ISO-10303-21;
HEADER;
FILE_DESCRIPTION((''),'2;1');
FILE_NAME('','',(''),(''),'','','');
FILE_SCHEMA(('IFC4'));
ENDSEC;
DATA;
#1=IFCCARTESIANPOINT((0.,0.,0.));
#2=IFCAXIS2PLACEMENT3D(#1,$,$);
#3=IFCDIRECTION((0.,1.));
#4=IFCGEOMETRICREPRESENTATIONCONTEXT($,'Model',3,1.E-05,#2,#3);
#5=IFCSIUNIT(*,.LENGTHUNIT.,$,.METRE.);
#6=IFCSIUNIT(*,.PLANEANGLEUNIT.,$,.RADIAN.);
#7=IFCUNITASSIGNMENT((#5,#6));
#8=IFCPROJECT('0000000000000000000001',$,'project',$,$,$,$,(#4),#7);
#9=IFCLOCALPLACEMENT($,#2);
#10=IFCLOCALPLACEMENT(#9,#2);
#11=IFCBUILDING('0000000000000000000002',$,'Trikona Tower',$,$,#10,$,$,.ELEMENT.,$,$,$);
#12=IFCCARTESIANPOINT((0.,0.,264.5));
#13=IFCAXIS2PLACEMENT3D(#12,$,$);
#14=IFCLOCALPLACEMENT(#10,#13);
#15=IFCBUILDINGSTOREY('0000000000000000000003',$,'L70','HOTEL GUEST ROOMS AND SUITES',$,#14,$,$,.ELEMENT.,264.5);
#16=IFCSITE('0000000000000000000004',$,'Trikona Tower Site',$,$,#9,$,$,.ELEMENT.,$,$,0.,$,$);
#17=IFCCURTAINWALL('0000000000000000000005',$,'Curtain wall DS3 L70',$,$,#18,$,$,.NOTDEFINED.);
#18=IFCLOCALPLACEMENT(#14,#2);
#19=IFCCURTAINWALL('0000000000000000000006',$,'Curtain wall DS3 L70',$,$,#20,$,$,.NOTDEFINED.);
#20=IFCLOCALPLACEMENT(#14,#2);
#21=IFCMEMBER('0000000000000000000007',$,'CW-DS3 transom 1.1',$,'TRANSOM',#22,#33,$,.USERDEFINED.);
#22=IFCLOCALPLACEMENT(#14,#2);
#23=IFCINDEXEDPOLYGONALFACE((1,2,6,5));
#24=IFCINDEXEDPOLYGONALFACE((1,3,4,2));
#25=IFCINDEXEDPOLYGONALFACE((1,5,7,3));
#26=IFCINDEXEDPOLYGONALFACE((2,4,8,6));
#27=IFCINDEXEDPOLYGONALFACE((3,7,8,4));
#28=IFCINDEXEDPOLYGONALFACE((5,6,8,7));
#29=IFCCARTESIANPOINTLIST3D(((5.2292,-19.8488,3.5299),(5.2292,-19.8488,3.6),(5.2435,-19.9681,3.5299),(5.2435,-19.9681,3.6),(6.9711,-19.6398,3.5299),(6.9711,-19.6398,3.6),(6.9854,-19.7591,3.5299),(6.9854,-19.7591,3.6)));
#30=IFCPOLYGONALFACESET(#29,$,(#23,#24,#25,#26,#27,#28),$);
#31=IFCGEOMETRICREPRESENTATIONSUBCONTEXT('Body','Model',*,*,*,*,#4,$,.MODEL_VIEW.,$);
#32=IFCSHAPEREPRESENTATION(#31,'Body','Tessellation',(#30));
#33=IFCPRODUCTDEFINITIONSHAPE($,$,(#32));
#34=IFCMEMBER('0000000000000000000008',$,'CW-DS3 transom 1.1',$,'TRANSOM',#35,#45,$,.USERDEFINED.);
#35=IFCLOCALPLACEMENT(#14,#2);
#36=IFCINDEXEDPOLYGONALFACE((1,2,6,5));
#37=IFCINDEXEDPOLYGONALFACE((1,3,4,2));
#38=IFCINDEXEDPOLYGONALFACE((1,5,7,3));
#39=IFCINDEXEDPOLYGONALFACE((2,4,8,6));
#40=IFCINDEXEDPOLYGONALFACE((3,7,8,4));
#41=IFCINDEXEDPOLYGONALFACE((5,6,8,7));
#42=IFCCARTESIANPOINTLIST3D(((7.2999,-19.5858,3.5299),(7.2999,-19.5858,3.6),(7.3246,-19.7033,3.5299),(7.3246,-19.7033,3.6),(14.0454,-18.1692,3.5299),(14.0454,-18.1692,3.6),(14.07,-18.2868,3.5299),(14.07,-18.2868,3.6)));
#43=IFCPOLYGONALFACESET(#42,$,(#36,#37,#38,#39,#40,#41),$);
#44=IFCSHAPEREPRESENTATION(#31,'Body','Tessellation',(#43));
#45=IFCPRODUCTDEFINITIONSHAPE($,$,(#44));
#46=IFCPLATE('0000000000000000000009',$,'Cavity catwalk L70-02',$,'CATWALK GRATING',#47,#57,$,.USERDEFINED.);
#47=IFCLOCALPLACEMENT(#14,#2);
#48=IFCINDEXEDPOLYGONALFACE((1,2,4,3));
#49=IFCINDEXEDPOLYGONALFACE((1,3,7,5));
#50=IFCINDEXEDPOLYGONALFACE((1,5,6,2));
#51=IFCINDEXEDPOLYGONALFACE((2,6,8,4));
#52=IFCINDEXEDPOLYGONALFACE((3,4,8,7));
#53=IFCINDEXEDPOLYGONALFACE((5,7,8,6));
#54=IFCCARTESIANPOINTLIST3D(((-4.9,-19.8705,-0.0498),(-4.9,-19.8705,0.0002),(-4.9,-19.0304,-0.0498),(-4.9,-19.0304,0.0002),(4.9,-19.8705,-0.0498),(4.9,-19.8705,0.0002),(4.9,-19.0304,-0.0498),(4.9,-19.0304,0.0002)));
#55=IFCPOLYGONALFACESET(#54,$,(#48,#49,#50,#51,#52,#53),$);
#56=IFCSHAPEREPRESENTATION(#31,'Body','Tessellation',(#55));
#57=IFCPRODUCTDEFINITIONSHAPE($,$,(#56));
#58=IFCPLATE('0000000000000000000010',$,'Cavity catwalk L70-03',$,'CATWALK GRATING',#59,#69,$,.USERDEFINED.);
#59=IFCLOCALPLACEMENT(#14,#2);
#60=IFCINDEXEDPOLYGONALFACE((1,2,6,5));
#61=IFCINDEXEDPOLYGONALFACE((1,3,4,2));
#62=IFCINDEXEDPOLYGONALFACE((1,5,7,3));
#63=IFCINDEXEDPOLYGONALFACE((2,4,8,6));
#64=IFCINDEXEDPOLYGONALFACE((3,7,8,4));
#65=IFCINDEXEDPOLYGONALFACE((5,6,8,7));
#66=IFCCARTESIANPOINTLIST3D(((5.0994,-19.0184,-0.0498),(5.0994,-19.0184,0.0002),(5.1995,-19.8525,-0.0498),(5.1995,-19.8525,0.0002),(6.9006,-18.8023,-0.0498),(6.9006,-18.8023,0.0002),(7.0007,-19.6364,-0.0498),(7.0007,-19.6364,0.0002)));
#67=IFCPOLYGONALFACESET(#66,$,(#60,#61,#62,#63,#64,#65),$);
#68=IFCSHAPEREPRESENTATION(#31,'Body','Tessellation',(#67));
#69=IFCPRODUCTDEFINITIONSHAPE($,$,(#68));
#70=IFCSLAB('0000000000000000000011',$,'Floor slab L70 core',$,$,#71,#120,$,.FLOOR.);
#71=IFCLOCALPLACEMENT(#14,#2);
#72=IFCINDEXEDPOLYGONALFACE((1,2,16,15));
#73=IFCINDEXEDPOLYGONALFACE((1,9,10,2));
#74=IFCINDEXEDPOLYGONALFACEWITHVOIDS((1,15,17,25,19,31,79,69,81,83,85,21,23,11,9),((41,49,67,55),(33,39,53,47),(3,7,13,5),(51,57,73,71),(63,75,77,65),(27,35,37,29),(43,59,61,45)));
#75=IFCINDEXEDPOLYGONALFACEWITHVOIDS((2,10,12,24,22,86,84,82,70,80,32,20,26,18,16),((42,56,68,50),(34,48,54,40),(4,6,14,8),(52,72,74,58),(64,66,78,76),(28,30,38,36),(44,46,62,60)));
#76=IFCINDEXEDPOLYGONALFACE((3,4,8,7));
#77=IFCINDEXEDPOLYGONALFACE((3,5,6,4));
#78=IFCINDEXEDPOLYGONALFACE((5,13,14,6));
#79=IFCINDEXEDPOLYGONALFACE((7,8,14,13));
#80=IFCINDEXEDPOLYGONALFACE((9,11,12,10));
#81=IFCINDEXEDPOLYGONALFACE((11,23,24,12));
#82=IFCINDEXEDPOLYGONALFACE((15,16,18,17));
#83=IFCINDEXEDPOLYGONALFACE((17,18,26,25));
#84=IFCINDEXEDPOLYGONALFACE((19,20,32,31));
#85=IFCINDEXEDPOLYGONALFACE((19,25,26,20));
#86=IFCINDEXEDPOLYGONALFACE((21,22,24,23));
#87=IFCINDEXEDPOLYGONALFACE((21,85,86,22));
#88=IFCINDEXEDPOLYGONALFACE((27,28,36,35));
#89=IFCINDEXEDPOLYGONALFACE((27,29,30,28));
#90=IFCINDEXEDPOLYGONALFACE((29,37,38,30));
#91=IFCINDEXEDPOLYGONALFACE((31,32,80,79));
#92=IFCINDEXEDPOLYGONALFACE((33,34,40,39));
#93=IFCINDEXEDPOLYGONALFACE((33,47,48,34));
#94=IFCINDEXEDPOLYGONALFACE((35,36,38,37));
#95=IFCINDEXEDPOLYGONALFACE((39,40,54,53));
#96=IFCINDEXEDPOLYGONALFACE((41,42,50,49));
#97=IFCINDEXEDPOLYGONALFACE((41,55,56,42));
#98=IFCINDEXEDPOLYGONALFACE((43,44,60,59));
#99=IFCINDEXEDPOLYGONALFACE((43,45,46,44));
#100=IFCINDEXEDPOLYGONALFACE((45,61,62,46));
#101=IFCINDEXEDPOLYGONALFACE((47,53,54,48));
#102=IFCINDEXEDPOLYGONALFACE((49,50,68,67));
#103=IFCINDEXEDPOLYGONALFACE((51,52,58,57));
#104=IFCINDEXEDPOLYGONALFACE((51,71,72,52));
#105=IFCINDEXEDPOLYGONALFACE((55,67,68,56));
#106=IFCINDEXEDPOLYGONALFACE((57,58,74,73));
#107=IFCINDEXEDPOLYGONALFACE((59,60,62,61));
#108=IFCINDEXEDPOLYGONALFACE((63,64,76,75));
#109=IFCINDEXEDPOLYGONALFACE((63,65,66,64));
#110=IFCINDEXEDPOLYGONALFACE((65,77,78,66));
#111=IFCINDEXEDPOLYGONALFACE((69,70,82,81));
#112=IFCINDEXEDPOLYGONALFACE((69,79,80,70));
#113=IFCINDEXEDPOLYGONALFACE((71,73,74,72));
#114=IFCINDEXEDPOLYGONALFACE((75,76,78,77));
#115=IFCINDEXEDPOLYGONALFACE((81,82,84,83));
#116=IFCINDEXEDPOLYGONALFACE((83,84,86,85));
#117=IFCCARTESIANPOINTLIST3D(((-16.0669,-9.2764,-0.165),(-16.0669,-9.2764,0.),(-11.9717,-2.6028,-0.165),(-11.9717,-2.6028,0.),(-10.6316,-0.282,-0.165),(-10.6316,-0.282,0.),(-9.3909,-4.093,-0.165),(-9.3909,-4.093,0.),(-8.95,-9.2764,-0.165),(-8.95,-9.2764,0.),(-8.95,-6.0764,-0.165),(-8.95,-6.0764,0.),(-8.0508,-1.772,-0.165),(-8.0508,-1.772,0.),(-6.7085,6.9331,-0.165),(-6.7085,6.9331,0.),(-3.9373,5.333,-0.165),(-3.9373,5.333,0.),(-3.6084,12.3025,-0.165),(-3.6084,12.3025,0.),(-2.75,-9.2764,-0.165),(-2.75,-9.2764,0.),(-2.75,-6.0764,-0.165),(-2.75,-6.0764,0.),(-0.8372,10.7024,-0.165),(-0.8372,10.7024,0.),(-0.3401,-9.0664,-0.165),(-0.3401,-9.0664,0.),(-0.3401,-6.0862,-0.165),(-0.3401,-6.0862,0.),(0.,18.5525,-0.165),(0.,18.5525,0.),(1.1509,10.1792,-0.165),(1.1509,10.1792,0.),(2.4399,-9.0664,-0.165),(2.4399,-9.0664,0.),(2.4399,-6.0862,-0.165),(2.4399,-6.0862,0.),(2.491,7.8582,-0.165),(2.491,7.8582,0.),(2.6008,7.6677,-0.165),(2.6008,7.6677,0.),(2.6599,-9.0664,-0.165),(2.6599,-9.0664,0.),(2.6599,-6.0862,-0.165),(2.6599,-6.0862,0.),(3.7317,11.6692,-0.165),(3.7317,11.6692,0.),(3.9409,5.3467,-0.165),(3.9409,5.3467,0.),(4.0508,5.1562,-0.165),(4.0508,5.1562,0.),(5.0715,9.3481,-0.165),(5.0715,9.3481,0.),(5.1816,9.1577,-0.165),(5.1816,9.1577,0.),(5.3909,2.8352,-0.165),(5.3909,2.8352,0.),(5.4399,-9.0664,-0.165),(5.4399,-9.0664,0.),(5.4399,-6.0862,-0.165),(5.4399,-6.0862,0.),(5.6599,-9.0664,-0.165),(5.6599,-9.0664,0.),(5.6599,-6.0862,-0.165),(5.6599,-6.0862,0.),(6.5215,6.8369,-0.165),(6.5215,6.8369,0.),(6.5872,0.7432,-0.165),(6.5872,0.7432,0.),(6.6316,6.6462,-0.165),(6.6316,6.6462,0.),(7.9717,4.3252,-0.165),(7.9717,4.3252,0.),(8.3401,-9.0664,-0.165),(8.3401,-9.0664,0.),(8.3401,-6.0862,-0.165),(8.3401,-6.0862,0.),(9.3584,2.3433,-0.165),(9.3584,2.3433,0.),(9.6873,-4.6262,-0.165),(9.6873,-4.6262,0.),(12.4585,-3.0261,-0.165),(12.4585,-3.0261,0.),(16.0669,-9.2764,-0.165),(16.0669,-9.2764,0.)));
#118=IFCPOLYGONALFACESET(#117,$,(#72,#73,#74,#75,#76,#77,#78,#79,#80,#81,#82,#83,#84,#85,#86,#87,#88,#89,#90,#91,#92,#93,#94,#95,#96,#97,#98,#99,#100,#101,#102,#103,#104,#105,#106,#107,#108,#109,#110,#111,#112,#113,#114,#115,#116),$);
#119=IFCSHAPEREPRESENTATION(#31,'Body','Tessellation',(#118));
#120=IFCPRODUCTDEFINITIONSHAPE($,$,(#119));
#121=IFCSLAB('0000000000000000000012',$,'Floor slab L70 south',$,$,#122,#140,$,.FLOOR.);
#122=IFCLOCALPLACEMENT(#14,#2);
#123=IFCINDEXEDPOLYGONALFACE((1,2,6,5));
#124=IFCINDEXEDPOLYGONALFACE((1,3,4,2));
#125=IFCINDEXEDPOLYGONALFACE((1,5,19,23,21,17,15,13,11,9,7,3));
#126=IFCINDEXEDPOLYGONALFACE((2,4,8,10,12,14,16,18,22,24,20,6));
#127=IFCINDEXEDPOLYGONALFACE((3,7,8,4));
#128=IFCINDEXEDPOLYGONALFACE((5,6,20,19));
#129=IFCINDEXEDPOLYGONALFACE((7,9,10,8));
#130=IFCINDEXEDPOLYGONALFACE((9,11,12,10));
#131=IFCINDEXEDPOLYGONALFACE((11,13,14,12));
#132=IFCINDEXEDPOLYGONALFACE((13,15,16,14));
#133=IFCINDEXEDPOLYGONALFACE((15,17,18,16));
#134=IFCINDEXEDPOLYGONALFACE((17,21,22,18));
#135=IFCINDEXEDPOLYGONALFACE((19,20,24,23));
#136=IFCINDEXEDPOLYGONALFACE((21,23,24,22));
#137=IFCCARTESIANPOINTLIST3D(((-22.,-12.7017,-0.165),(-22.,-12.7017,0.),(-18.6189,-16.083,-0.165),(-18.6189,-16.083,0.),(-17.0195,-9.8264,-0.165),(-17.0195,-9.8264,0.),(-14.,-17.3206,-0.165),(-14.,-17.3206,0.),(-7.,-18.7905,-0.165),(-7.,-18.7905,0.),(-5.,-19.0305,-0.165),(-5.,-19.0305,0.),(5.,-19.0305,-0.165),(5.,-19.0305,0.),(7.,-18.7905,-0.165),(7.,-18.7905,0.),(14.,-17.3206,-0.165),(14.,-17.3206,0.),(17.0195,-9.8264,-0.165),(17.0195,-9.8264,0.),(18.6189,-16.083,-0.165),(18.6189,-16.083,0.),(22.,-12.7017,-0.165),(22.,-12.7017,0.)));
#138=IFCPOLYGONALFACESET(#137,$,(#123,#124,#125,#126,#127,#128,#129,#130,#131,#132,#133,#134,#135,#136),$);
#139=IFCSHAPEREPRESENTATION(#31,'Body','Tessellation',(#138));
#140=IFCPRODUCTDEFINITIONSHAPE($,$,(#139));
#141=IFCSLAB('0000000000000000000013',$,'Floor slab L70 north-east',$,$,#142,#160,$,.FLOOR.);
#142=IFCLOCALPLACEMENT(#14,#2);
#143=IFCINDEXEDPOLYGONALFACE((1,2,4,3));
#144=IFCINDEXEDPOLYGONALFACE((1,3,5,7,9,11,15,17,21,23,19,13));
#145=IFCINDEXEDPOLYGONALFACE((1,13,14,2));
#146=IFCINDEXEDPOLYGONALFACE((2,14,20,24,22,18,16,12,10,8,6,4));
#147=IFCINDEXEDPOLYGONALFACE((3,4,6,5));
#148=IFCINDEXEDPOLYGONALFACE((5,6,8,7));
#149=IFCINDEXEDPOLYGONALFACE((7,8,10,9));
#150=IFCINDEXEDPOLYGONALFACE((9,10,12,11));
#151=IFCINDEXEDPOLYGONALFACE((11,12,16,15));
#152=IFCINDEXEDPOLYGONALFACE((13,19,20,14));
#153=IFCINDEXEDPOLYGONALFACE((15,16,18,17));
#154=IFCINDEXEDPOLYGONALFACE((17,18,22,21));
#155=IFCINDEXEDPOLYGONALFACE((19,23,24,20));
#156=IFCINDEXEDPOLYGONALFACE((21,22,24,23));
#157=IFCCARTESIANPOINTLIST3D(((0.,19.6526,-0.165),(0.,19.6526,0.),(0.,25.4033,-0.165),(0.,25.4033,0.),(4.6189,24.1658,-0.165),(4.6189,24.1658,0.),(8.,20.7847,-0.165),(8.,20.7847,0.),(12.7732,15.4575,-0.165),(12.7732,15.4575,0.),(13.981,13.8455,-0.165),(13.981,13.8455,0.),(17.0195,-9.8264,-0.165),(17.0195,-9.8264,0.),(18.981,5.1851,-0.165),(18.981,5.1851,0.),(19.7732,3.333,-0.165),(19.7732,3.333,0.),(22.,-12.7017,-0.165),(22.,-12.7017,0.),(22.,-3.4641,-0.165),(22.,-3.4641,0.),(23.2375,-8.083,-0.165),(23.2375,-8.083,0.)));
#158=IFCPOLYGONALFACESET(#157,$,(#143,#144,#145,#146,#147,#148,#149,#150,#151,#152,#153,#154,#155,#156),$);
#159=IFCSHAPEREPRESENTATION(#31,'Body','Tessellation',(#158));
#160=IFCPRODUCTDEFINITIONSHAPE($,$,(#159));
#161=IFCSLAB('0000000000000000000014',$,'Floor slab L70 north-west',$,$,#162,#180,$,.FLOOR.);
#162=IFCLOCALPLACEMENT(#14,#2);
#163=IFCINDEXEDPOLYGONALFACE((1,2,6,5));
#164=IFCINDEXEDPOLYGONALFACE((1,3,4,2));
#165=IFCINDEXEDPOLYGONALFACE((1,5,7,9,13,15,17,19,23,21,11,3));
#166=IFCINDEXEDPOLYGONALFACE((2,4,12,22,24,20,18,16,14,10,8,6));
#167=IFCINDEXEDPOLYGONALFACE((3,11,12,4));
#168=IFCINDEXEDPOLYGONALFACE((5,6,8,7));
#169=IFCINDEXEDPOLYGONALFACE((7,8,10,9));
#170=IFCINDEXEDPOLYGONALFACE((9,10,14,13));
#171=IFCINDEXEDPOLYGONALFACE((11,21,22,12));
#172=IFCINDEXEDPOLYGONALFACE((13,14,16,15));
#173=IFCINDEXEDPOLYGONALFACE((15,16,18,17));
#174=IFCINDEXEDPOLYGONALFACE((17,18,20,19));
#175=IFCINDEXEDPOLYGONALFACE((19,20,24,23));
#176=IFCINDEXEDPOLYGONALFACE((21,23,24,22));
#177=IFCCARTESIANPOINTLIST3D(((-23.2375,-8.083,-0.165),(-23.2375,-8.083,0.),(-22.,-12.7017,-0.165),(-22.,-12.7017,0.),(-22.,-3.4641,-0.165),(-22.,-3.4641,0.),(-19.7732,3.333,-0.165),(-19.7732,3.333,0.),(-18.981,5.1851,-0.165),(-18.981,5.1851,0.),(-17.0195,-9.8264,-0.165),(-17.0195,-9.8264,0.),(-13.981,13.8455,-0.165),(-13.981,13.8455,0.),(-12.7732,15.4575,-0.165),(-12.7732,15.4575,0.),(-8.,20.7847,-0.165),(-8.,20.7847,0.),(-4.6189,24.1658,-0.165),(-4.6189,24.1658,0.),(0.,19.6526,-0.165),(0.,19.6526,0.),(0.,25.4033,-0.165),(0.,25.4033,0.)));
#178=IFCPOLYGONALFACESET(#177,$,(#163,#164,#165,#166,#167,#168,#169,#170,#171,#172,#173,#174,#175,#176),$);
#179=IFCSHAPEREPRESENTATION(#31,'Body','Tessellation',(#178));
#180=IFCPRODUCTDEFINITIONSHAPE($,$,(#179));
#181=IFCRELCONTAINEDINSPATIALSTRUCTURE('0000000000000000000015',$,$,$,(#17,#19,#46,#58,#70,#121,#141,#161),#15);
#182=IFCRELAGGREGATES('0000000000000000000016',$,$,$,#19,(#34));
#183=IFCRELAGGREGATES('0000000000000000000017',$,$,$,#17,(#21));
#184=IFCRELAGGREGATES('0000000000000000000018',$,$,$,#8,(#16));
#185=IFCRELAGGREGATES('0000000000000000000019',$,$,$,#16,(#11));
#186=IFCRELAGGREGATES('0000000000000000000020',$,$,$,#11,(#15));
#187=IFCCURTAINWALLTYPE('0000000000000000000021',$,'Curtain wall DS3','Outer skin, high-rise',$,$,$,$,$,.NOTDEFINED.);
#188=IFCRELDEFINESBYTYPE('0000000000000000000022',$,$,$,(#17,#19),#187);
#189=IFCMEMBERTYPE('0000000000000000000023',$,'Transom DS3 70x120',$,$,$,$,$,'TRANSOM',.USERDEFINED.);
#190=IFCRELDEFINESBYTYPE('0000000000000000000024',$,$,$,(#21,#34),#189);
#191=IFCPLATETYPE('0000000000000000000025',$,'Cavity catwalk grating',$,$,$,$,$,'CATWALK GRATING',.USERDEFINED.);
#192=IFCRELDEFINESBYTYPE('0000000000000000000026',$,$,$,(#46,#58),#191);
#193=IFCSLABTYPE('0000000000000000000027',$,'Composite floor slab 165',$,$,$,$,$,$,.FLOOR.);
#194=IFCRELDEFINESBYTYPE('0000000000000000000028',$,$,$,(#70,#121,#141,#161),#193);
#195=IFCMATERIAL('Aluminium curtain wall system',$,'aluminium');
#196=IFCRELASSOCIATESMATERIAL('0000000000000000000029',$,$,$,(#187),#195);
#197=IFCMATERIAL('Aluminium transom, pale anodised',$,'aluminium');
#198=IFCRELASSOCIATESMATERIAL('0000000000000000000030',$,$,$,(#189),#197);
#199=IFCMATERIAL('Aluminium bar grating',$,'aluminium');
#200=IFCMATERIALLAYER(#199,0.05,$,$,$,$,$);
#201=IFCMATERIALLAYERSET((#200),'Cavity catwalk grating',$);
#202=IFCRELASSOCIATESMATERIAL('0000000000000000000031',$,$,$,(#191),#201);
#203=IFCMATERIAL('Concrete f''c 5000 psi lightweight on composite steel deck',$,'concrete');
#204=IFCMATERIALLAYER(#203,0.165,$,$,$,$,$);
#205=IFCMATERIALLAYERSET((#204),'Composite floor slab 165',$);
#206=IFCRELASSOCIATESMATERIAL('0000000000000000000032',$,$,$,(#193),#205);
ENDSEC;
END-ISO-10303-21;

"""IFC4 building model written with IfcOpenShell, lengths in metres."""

from ifc_helpers import new_model, si_unit, direction, frame, origin, origin_2d, place, context, subcontext, project, spatial, polyline, rectangle, outline, extrude, material, layer, layer_set, material_profile, profile_set, type_object, element, aggregate, save


model = new_model("IFC4")

# Units and contexts
model_context = context("Model", 3, precision=1e-05, world=origin(), true_north=direction((0.0, 1.0)))
body_context = subcontext(model_context, "Body", "Model", "MODEL_VIEW")
ifc_project = project(units=[si_unit("LENGTHUNIT", "METRE"), si_unit("PLANEANGLEUNIT", "RADIAN")], contexts=[model_context])

# Site, building, storey
site_placement = place(None, origin())
site = spatial("IfcSite", under=ifc_project, at=site_placement, Name="Trikona Tower Site", CompositionType="ELEMENT", RefElevation=0.0)
building_placement = place(site_placement, origin())
building = spatial("IfcBuilding", under=site, at=building_placement, Name="Trikona Tower", CompositionType="ELEMENT")
storey_placement = place(building_placement, frame((0.0, 0.0, 264.5)))
storey = spatial("IfcBuildingStorey", under=building, at=storey_placement, Name="L70", Description="HOTEL GUEST ROOMS AND SUITES", CompositionType="ELEMENT", Elevation=264.5)

# Shared definitions
ifc_material_1 = material(Name="Aluminium curtain wall system", Category="aluminium")
curtain_wall_type = type_object("IfcCurtainWallType", Name="Curtain wall DS3", Description="Outer skin, high-rise", PredefinedType="NOTDEFINED", material=ifc_material_1)

# Curtain wall
curtain_wall_1_placement = place(storey_placement, origin())
curtain_wall_1 = element("IfcCurtainWall", 1, at=curtain_wall_1_placement, inside=storey, type_object=curtain_wall_type, Name="Curtain wall DS3 L70", PredefinedType="NOTDEFINED")

# Curtain wall
curtain_wall_2_placement = place(storey_placement, origin())
curtain_wall_2 = element("IfcCurtainWall", 2, at=curtain_wall_2_placement, inside=storey, type_object=curtain_wall_type, Name="Curtain wall DS3 L70", PredefinedType="NOTDEFINED")

# Members
ifc_material_2 = material(Name="Aluminium transom, pale anodised", Category="aluminium")
ifc_material_profile_1 = material_profile(ifc_material_2, rectangle(XDim=0.1201, YDim=0.0701, at=origin_2d()), Name="TRN-DS3")
ifc_profile_set_1 = profile_set([ifc_material_profile_1], Name="Aluminium transom, pale anodised")
member_type_1 = type_object("IfcMemberType", Name="Transom DS3 70x120", ElementType="TRANSOM", PredefinedType="USERDEFINED", material=ifc_profile_set_1)
member_1_placement = place(storey_placement, frame((5.2363, -19.9084, 3.5649), z_axis=(0.99288, 0.119118, 0.0), x_axis=(-0.119118, 0.99288, 0.0)))
member_1 = element("IfcMember", 3, at=member_1_placement, type_object=member_type_1, Name="CW-DS3 transom 1.1", ObjectType="TRANSOM", PredefinedType="USERDEFINED", context=body_context, shape_type="SweptSolid", body=[
    extrude(rectangle(XDim=0.1201, YDim=0.0701, at=origin_2d()), origin(), (0.0, 0.0, 1.0), 1.7544),
])
member_2_placement = place(storey_placement, frame((7.3123, -19.6445, 3.5649), z_axis=(0.978654, 0.205514, 0.0), x_axis=(-0.205514, 0.978654, 0.0)))
member_2 = element("IfcMember", 4, at=member_2_placement, type_object=member_type_1, Name="CW-DS3 transom 1.1", ObjectType="TRANSOM", PredefinedType="USERDEFINED", context=body_context, shape_type="SweptSolid", body=[
    extrude(rectangle(XDim=0.1201, YDim=0.0701, at=origin_2d()), origin(), (0.0, 0.0, 1.0), 6.8926),
])
aggregate(curtain_wall_2, [member_2])

# Plates
ifc_material_3 = material(Name="Aluminium bar grating", Category="aluminium")
ifc_layer_1 = layer(ifc_material_3, 0.05)
ifc_layer_set_1 = layer_set([ifc_layer_1], Name="Cavity catwalk grating")
plate_type_1 = type_object("IfcPlateType", Name="Cavity catwalk grating", ElementType="CATWALK GRATING", PredefinedType="USERDEFINED", material=ifc_layer_set_1)
plate_1_placement = place(storey_placement, frame((0.0, -19.4504, -0.0498), z_axis=(0.0, 0.0, 1.0), x_axis=(1.0, 0.0, 0.0)))
element("IfcPlate", 5, at=plate_1_placement, inside=storey, type_object=plate_type_1, Name="Cavity catwalk L70-02", ObjectType="CATWALK GRATING", PredefinedType="USERDEFINED", context=body_context, shape_type="SweptSolid", body=[
    extrude(rectangle(XDim=9.8, YDim=0.8401, at=origin_2d()), origin(), (0.0, 0.0, 1.0), 0.05),
])
plate_2_placement = place(storey_placement, frame((6.05, -19.3274, -0.0498), z_axis=(0.0, 0.0, 1.0), x_axis=(0.992877, 0.119146, 0.0)))
element("IfcPlate", 6, at=plate_2_placement, inside=storey, type_object=plate_type_1, Name="Cavity catwalk L70-03", ObjectType="CATWALK GRATING", PredefinedType="USERDEFINED", context=body_context, shape_type="SweptSolid", body=[
    extrude(rectangle(XDim=1.8142, YDim=0.8401, at=origin_2d()), origin(), (0.0, 0.0, 1.0), 0.05),
])

# Slabs
ifc_material_4 = material(Name="Concrete f'c 5000 psi lightweight on composite steel deck", Category="concrete")
ifc_layer_2 = layer(ifc_material_4, 0.165)
ifc_layer_set_2 = layer_set([ifc_layer_2], Name="Composite floor slab 165")
slab_type_1 = type_object("IfcSlabType", Name="Composite floor slab 165", PredefinedType="FLOOR", material=ifc_layer_set_2)
slab_1_placement = place(storey_placement, frame((0.0, 0.0, -0.165)))
element("IfcSlab", 7, at=slab_1_placement, inside=storey, type_object=slab_type_1, Name="Floor slab L70 core", PredefinedType="FLOOR", context=body_context, shape_type="SweptSolid", body=[
    extrude(outline(polyline([(-16.0669, -9.2764), (-8.95, -9.2764), (-8.95, -6.0764), (-2.75, -6.0764), (-2.75, -9.2764), (16.0669, -9.2764), (12.4585, -3.0261), (9.6873, -4.6262), (6.5872, 0.7432), (9.3584, 2.3433), (0.0, 18.5525), (-3.6084, 12.3025), (-0.8372, 10.7024), (-3.9373, 5.333), (-6.7085, 6.9331), (-16.0669, -9.2764)]), holes=[polyline([(5.6599, -6.0862), (5.6599, -9.0664), (8.3401, -9.0664), (8.3401, -6.0862), (5.6599, -6.0862)]), polyline([(6.6316, 6.6462), (4.0508, 5.1562), (5.3909, 2.8352), (7.9717, 4.3252), (6.6316, 6.6462)]), polyline([(6.5215, 6.8369), (5.1816, 9.1577), (2.6008, 7.6677), (3.9409, 5.3467), (6.5215, 6.8369)]), polyline([(2.6599, -9.0664), (5.4399, -9.0664), (5.4399, -6.0862), (2.6599, -6.0862), (2.6599, -9.0664)]), polyline([(2.491, 7.8582), (5.0715, 9.3481), (3.7317, 11.6692), (1.1509, 10.1792), (2.491, 7.8582)]), polyline([(2.4399, -9.0664), (2.4399, -6.0862), (-0.3401, -6.0862), (-0.3401, -9.0664), (2.4399, -9.0664)]), polyline([(-11.9717, -2.6028), (-9.3909, -4.093), (-8.0508, -1.772), (-10.6316, -0.282), (-11.9717, -2.6028)])]), origin(), (0.0, 0.0, 1.0), 0.165),
])
slab_2_placement = place(storey_placement, frame((0.0, 0.0, -0.165)))
element("IfcSlab", 8, at=slab_2_placement, inside=storey, type_object=slab_type_1, Name="Floor slab L70 south", PredefinedType="FLOOR", context=body_context, shape_type="SweptSolid", body=[
    extrude(outline(polyline([(18.6189, -16.083), (22.0, -12.7017), (17.0195, -9.8264), (-17.0195, -9.8264), (-22.0, -12.7017), (-18.6189, -16.083), (-14.0, -17.3206), (-7.0, -18.7905), (-5.0, -19.0305), (5.0, -19.0305), (7.0, -18.7905), (14.0, -17.3206), (18.6189, -16.083)])), origin(), (0.0, 0.0, 1.0), 0.165),
])
slab_3_placement = place(storey_placement, frame((0.0, 0.0, -0.165)))
element("IfcSlab", 9, at=slab_3_placement, inside=storey, type_object=slab_type_1, Name="Floor slab L70 north-east", PredefinedType="FLOOR", context=body_context, shape_type="SweptSolid", body=[
    extrude(outline(polyline([(4.6189, 24.1658), (0.0, 25.4033), (0.0, 19.6526), (17.0195, -9.8264), (22.0, -12.7017), (23.2375, -8.083), (22.0, -3.4641), (19.7732, 3.333), (18.981, 5.1851), (13.981, 13.8455), (12.7732, 15.4575), (8.0, 20.7847), (4.6189, 24.1658)])), origin(), (0.0, 0.0, 1.0), 0.165),
])
slab_4_placement = place(storey_placement, frame((0.0, 0.0, -0.165)))
element("IfcSlab", 10, at=slab_4_placement, inside=storey, type_object=slab_type_1, Name="Floor slab L70 north-west", PredefinedType="FLOOR", context=body_context, shape_type="SweptSolid", body=[
    extrude(outline(polyline([(0.0, 19.6526), (0.0, 25.4033), (-4.6189, 24.1658), (-8.0, 20.7847), (-12.7732, 15.4575), (-13.981, 13.8455), (-18.981, 5.1851), (-19.7732, 3.333), (-22.0, -3.4641), (-23.2375, -8.083), (-22.0, -12.7017), (-17.0195, -9.8264), (0.0, 19.6526)])), origin(), (0.0, 0.0, 1.0), 0.165),
])

aggregate(curtain_wall_1, [member_1])

save(model, "model.ifc")
